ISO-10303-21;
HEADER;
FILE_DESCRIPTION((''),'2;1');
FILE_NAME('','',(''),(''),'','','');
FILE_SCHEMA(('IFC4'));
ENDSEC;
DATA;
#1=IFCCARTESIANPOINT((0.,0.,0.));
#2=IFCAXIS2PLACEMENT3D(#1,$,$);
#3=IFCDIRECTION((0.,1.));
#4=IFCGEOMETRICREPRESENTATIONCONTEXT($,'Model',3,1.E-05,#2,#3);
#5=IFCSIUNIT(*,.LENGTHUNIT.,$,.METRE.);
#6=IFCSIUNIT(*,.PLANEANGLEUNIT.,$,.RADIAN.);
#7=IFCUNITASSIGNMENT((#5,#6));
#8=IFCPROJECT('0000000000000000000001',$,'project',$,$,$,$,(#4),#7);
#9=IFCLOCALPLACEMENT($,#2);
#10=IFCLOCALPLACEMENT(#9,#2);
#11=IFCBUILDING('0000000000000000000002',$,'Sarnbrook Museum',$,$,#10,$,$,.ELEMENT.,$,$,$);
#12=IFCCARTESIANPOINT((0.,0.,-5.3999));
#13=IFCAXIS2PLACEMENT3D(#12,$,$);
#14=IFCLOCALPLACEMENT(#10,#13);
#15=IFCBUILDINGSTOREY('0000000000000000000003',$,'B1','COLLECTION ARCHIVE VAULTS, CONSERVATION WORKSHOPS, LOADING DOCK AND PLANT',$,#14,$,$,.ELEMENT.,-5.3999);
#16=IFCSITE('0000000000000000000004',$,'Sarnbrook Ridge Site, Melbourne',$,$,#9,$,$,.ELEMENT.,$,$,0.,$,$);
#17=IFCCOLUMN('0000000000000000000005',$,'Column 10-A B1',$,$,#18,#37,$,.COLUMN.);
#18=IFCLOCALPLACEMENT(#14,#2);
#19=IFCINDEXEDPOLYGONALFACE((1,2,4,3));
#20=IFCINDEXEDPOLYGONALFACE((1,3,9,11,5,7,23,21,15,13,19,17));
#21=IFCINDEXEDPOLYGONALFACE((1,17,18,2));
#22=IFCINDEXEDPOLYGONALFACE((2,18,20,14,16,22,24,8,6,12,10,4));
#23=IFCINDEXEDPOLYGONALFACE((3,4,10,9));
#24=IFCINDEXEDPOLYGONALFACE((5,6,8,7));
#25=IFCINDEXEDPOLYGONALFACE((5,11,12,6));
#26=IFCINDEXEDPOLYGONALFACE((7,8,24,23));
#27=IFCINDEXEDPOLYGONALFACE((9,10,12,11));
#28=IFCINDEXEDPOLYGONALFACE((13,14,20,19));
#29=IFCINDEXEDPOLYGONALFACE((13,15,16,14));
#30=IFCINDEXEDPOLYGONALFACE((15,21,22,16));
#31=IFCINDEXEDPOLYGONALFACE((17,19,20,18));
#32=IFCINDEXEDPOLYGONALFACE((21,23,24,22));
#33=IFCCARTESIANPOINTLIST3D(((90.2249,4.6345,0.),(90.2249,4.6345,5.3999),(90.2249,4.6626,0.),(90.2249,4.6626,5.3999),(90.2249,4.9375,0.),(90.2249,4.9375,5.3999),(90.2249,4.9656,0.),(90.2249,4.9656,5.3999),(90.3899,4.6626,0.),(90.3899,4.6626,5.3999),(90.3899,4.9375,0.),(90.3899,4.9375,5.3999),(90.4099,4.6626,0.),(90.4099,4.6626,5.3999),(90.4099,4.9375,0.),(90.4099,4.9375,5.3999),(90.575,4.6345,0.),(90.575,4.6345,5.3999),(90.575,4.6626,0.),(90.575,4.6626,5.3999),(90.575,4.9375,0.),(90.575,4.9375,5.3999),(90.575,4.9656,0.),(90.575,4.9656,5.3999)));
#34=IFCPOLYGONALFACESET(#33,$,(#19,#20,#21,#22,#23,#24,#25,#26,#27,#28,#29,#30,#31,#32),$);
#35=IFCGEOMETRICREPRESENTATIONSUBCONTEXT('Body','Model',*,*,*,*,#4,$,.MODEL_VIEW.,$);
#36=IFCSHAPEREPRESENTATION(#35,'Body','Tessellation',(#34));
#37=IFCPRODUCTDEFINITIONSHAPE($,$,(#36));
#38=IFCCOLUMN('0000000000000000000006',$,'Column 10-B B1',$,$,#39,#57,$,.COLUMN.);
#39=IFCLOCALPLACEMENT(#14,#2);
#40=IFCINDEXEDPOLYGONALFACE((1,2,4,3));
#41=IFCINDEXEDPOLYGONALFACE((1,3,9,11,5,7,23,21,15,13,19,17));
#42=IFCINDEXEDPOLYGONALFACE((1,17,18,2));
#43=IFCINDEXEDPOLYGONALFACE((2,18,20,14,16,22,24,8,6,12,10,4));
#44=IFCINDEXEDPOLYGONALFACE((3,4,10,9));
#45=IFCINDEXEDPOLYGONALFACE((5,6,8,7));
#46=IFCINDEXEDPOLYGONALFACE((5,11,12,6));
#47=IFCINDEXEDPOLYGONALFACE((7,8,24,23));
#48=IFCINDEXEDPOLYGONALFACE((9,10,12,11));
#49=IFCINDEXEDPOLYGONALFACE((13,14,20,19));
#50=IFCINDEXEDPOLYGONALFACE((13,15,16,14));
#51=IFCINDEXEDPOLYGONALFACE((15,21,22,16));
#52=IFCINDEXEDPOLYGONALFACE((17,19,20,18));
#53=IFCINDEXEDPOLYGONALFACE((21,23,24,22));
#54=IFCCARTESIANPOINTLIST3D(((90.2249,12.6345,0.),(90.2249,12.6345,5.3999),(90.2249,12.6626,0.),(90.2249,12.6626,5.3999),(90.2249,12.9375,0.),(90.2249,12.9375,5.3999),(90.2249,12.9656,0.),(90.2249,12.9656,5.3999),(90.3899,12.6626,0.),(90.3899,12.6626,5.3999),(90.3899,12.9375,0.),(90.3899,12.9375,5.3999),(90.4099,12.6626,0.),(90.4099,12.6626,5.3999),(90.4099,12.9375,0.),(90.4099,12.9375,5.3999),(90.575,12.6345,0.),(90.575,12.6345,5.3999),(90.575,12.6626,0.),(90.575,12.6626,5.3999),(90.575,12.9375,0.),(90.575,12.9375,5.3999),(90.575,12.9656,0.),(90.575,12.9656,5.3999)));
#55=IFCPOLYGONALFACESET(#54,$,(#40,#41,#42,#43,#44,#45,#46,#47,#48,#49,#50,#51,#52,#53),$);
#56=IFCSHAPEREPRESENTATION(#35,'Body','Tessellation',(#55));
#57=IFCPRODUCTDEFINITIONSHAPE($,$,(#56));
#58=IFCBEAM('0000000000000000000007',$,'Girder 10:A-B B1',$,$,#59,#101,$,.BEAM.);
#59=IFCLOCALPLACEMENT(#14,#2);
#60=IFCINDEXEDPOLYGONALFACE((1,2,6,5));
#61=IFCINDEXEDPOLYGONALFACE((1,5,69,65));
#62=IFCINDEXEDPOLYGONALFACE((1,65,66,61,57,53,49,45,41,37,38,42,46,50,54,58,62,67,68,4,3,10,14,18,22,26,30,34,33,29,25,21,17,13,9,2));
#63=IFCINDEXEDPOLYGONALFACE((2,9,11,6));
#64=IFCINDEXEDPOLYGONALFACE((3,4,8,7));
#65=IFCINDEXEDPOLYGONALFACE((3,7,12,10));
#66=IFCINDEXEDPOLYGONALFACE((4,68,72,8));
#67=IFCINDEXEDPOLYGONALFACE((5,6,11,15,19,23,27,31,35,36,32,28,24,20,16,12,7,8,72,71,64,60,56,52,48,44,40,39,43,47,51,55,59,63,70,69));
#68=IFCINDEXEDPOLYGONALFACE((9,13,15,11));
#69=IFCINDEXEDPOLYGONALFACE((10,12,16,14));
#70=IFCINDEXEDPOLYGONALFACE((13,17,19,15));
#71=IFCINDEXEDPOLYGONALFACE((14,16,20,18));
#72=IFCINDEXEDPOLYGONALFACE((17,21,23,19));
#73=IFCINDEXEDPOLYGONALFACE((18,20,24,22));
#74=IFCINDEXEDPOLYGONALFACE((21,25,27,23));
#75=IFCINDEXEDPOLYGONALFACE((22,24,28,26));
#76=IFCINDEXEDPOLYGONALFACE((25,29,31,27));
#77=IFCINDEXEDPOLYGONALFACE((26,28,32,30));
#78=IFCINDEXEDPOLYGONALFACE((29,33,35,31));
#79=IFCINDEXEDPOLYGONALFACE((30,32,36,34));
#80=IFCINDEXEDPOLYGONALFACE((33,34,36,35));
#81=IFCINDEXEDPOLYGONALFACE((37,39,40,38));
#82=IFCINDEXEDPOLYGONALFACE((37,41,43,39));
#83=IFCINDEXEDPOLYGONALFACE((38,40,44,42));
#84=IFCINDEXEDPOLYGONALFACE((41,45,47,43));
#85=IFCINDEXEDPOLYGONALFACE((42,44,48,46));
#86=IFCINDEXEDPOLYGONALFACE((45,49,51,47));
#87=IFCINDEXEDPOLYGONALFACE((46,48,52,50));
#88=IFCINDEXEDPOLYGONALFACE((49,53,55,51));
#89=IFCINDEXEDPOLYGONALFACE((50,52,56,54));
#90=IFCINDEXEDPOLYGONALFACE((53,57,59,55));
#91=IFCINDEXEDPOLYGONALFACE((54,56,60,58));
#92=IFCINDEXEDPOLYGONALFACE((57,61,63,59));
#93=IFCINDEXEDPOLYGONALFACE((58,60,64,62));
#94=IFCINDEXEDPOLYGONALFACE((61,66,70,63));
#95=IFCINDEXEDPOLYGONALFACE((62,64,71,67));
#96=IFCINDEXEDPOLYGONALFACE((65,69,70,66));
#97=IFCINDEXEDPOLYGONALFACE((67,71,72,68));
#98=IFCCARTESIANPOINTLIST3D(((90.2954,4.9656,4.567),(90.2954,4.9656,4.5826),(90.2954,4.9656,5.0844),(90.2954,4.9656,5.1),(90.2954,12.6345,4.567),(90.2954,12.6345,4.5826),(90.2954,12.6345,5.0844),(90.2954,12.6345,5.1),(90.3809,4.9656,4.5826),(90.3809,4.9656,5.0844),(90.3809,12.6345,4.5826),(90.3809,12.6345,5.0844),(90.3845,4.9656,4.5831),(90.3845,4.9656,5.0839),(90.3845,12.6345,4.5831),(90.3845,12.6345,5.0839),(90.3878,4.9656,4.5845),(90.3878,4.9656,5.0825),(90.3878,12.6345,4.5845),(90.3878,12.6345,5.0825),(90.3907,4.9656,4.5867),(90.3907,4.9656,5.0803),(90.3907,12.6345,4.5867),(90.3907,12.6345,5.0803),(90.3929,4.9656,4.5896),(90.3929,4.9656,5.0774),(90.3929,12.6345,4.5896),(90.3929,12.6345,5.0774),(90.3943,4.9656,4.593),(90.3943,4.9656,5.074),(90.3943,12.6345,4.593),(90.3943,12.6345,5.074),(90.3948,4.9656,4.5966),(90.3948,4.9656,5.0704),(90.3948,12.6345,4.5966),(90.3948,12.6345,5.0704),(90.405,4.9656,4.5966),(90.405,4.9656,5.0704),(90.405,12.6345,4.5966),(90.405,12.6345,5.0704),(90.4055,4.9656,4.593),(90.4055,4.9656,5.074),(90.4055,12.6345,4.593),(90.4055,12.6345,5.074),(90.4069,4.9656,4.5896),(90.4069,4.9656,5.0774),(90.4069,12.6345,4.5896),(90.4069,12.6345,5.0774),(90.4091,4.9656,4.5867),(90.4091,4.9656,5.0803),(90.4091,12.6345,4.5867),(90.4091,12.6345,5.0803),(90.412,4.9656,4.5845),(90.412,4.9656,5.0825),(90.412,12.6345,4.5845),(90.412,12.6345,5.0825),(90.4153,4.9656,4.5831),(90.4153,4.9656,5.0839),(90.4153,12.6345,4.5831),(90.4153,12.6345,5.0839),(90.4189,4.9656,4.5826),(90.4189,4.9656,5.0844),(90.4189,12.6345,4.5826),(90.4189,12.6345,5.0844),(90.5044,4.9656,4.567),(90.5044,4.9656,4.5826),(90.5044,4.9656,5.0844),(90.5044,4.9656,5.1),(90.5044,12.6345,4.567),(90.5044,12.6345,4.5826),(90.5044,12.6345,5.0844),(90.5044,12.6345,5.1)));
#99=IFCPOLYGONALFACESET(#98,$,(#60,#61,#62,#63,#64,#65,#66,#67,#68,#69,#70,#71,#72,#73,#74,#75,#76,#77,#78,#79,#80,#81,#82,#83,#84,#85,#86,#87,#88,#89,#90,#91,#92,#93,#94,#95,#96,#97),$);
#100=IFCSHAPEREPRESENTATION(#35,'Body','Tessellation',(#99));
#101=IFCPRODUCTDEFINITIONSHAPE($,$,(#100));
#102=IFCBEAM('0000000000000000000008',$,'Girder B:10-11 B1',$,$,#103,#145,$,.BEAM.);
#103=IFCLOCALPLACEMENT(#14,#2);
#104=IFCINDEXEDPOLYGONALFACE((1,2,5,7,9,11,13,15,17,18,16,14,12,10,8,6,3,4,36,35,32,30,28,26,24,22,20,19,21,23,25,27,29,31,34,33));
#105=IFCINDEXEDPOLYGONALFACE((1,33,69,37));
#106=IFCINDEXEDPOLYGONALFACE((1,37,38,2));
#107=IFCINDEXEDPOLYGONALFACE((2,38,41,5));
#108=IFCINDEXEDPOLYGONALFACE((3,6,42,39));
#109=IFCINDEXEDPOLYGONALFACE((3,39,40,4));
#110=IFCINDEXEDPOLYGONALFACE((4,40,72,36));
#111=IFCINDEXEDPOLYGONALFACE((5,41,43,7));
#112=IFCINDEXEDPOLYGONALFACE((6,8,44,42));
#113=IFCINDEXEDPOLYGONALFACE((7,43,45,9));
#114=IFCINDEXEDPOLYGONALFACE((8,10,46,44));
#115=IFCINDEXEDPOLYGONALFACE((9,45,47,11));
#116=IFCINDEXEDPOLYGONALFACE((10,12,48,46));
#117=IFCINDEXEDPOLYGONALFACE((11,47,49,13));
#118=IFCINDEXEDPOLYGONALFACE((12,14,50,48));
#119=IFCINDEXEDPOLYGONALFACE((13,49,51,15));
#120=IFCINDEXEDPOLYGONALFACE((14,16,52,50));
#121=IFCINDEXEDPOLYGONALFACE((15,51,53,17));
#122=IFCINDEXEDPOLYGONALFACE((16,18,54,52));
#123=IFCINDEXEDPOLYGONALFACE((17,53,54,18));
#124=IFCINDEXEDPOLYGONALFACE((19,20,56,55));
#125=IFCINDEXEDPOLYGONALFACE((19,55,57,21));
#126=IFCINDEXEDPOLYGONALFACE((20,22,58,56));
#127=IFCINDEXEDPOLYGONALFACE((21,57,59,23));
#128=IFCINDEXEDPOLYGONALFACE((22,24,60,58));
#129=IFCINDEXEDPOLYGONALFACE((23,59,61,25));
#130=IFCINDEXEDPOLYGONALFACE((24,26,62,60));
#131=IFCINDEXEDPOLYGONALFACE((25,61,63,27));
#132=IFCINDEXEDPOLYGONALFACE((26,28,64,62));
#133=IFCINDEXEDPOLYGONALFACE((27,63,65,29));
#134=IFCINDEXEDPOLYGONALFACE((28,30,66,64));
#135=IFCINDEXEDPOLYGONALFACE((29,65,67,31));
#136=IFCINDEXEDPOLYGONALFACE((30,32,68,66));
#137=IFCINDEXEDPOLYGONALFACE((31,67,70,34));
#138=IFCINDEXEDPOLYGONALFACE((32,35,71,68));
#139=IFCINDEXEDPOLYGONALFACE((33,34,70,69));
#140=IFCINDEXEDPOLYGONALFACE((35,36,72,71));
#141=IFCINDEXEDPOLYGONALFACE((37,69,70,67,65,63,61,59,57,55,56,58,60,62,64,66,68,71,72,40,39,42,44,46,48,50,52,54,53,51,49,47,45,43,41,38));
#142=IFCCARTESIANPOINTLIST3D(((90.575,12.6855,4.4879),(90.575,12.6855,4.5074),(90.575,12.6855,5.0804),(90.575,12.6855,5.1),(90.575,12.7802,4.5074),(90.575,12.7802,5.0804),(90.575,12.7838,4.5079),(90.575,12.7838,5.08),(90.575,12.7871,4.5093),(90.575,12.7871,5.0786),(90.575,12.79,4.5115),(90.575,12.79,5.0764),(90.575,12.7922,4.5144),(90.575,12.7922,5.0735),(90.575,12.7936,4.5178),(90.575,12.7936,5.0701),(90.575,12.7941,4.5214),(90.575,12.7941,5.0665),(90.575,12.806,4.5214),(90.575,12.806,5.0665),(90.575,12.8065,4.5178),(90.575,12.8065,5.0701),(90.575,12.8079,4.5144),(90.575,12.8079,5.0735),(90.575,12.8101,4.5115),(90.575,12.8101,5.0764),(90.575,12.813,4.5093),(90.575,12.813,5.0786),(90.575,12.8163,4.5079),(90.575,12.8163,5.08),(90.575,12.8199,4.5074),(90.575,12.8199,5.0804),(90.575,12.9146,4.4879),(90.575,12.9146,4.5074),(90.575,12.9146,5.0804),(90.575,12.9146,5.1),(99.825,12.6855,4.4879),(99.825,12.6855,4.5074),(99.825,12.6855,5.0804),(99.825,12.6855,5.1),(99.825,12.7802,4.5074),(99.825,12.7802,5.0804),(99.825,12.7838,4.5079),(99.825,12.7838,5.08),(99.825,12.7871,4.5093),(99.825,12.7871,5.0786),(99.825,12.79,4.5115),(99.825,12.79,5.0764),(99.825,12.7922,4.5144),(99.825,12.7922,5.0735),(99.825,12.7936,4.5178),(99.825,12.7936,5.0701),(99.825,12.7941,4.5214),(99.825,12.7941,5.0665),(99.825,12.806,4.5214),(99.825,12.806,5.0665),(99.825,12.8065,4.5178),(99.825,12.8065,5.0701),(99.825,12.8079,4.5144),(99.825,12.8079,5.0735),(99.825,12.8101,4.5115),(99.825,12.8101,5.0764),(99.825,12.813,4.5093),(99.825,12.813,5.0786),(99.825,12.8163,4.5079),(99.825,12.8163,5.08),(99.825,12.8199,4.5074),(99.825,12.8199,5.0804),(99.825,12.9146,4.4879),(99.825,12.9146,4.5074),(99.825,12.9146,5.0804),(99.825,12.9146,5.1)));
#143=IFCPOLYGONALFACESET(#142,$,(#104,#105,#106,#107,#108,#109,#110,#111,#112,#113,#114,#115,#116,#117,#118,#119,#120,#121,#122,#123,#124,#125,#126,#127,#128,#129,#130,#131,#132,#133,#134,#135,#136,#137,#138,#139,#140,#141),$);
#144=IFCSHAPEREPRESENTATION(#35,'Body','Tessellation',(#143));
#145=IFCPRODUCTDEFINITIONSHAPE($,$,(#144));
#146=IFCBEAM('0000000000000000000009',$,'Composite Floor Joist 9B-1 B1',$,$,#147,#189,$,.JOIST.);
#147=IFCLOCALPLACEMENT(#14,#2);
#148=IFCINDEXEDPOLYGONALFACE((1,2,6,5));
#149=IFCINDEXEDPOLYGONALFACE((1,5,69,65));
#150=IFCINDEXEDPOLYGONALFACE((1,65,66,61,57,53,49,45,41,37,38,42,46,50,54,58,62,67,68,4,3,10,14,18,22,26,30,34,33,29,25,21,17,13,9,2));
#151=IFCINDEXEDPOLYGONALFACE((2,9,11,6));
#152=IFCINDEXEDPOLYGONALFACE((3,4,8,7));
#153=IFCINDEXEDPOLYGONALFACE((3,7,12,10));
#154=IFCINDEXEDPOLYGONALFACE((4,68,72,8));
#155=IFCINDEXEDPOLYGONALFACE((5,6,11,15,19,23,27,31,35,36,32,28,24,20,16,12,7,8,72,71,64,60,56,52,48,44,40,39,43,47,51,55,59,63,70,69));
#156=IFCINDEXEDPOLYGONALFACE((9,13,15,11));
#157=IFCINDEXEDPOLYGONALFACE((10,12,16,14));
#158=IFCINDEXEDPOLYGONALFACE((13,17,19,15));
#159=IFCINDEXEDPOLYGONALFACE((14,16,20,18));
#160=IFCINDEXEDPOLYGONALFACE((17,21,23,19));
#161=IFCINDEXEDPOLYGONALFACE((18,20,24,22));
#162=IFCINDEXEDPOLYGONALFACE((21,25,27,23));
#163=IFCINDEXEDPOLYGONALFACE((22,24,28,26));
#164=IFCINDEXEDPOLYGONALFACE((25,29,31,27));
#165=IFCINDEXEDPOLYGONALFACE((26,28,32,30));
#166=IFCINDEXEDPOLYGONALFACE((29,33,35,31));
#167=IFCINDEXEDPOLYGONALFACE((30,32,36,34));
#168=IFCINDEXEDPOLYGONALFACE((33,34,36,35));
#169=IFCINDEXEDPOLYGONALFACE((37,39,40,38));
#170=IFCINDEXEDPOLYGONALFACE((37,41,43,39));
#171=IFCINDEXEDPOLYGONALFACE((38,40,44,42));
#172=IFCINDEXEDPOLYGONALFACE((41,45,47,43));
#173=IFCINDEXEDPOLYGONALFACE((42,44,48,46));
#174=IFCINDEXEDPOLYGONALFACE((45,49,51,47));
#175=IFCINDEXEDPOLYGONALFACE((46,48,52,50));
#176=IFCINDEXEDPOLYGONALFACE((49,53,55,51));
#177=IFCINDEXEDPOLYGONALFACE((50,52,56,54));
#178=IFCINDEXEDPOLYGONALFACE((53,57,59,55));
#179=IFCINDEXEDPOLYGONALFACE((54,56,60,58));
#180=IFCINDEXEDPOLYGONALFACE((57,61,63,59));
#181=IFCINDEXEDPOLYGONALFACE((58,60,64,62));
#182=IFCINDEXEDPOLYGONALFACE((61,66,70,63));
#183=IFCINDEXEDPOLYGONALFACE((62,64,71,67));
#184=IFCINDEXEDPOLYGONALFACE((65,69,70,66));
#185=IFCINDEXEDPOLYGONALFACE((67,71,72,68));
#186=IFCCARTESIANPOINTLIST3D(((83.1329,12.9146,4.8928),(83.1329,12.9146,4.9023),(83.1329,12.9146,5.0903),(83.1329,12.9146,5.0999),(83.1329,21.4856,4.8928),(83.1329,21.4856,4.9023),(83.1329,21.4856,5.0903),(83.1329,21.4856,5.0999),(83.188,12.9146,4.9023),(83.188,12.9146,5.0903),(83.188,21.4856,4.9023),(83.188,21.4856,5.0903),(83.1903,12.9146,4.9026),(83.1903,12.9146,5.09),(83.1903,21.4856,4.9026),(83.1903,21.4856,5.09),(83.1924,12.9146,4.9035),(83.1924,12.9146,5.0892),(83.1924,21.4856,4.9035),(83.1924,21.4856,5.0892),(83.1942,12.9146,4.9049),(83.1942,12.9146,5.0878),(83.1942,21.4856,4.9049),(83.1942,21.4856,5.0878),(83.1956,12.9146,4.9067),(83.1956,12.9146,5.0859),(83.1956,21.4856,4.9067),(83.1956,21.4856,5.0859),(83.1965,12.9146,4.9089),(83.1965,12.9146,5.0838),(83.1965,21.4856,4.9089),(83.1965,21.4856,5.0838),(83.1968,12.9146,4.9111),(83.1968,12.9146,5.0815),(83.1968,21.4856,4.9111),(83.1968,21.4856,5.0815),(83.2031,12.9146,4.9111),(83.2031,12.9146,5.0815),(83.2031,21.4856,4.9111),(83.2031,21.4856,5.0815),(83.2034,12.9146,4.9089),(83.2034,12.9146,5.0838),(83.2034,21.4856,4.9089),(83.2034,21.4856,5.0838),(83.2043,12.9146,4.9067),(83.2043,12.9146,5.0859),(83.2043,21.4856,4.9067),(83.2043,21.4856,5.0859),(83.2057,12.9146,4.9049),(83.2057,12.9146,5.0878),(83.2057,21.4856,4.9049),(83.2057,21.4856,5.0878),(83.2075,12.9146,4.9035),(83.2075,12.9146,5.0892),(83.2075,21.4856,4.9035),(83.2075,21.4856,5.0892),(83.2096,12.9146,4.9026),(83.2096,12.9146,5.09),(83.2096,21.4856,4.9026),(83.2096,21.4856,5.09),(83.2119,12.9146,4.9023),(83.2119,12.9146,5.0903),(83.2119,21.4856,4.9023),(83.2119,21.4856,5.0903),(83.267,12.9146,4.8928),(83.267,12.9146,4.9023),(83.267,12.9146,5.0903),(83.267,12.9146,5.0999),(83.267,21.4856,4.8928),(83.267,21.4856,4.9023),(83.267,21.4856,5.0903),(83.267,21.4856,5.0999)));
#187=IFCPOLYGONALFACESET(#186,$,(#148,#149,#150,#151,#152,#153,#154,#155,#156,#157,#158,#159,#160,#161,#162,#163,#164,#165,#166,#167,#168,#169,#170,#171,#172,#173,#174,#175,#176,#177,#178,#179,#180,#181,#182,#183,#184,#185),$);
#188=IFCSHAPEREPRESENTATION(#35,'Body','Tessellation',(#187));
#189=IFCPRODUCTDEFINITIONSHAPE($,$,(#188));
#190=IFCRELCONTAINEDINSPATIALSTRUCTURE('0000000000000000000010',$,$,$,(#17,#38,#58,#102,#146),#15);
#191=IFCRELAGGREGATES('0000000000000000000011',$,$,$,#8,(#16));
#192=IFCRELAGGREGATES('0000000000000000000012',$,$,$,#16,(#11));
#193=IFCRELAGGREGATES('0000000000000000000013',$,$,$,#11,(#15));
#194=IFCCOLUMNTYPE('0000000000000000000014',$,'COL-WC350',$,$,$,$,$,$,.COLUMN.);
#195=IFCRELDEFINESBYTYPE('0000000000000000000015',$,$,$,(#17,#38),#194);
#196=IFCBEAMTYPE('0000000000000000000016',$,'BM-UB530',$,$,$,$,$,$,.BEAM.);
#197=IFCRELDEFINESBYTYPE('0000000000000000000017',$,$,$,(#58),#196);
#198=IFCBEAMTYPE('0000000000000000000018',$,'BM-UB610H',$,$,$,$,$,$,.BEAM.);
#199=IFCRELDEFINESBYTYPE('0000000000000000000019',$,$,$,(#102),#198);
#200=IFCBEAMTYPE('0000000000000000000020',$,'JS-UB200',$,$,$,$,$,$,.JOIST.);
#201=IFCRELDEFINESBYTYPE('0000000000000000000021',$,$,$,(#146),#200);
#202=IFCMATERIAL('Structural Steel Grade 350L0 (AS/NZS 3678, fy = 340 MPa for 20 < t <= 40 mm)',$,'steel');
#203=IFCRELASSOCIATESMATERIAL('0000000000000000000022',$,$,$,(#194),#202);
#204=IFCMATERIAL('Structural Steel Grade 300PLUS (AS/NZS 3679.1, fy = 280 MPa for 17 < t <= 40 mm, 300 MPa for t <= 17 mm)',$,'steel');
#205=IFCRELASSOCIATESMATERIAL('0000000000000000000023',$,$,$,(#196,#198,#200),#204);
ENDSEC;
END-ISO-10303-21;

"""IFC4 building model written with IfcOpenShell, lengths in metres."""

from ifc_helpers import new_model, si_unit, direction, frame, origin, origin_2d, place, context, subcontext, project, spatial, i_section, extrude, material, material_profile, profile_set, type_object, element, save


model = new_model("IFC4")

# Units and contexts
model_context = context("Model", 3, precision=1e-05, world=origin(), true_north=direction((0.0, 1.0)))
body_context = subcontext(model_context, "Body", "Model", "MODEL_VIEW")
ifc_project = project(units=[si_unit("LENGTHUNIT", "METRE"), si_unit("PLANEANGLEUNIT", "RADIAN")], contexts=[model_context])

# Site, building, storey
site_placement = place(None, origin())
site = spatial("IfcSite", under=ifc_project, at=site_placement, Name="Sarnbrook Ridge Site, Melbourne", CompositionType="ELEMENT", RefElevation=0.0)
building_placement = place(site_placement, origin())
building = spatial("IfcBuilding", under=site, at=building_placement, Name="Sarnbrook Museum", CompositionType="ELEMENT")
storey_placement = place(building_placement, frame((0.0, 0.0, -5.3999)))
storey = spatial("IfcBuildingStorey", under=building, at=storey_placement, Name="B1", Description="COLLECTION ARCHIVE VAULTS, CONSERVATION WORKSHOPS, LOADING DOCK AND PLANT", CompositionType="ELEMENT", Elevation=-5.3999)

# Columns
ifc_material_1 = material(Name="Structural Steel Grade 350L0 (AS/NZS 3678, fy = 340 MPa for 20 < t <= 40 mm)", Category="steel")
ifc_material_profile_1 = material_profile(ifc_material_1, i_section(OverallWidth=0.3501, OverallDepth=0.3311, WebThickness=0.02, FlangeThickness=0.0281, at=origin_2d()), Name="350WC197")
ifc_profile_set_1 = profile_set([ifc_material_profile_1], Name="Structural Steel Grade 350L0 (AS/NZS 3678, fy = 340 MPa for 20 < t <= 40 mm)")
column_type = type_object("IfcColumnType", Name="COL-WC350", PredefinedType="COLUMN", material=ifc_profile_set_1)
for number, where, z_axis, x_axis, name in (
    (1, (90.3999, 4.8, 0.0), (0.0, 0.0, 1.0), (1.0, 0.0, 0.0), "Column 10-A B1"),
    (2, (90.3999, 12.8, 0.0), (0.0, 0.0, 1.0), (1.0, 0.0, 0.0), "Column 10-B B1"),
):
    element("IfcColumn", number, at=place(storey_placement, frame(where, z_axis=z_axis, x_axis=x_axis)), inside=storey, type_object=column_type, Name=name, PredefinedType="COLUMN", context=body_context, shape_type="SweptSolid", body=[
        extrude(i_section(OverallWidth=0.3501, OverallDepth=0.3311, WebThickness=0.02, FlangeThickness=0.0281, at=origin_2d()), origin(), (0.0, 0.0, 1.0), 5.3999),
    ])

# Beams
ifc_material_2 = material(Name="Structural Steel Grade 300PLUS (AS/NZS 3679.1, fy = 280 MPa for 17 < t <= 40 mm, 300 MPa for t <= 17 mm)", Category="steel")
ifc_material_profile_2 = material_profile(ifc_material_2, i_section(OverallWidth=0.209, OverallDepth=0.533, WebThickness=0.0103, FlangeThickness=0.0156, FilletRadius=0.0139, at=origin_2d()), Name="530UB92.4")
ifc_profile_set_2 = profile_set([ifc_material_profile_2], Name="Structural Steel Grade 300PLUS (AS/NZS 3679.1, fy = 280 MPa for 17 < t <= 40 mm, 300 MPa for t <= 17 mm)")
beam_type_1 = type_object("IfcBeamType", Name="BM-UB530", PredefinedType="BEAM", material=ifc_profile_set_2)
beam_1_placement = place(storey_placement, frame((90.3999, 4.9656, 4.8335), z_axis=(0.0, 1.0, 0.0), x_axis=(-1.0, 0.0, 0.0)))
element("IfcBeam", 3, at=beam_1_placement, inside=storey, type_object=beam_type_1, Name="Girder 10:A-B B1", PredefinedType="BEAM", context=body_context, shape_type="SweptSolid", body=[
    extrude(i_section(OverallWidth=0.209, OverallDepth=0.533, WebThickness=0.0103, FlangeThickness=0.0156, FilletRadius=0.0139, at=origin_2d()), origin(), (0.0, 0.0, 1.0), 7.6689),
])
ifc_material_profile_3 = material_profile(ifc_material_2, i_section(OverallWidth=0.229, OverallDepth=0.6121, WebThickness=0.012, FlangeThickness=0.0195, FilletRadius=0.0139, at=origin_2d()), Name="610UB125")
ifc_profile_set_3 = profile_set([ifc_material_profile_3], Name="Structural Steel Grade 300PLUS (AS/NZS 3679.1, fy = 280 MPa for 17 < t <= 40 mm, 300 MPa for t <= 17 mm)")
beam_type_2 = type_object("IfcBeamType", Name="BM-UB610H", PredefinedType="BEAM", material=ifc_profile_set_3)
beam_2_placement = place(storey_placement, frame((90.575, 12.8, 4.7939), z_axis=(1.0, 0.0, 0.0), x_axis=(0.0, 1.0, 0.0)))
element("IfcBeam", 4, at=beam_2_placement, inside=storey, type_object=beam_type_2, Name="Girder B:10-11 B1", PredefinedType="BEAM", context=body_context, shape_type="SweptSolid", body=[
    extrude(i_section(OverallWidth=0.229, OverallDepth=0.6121, WebThickness=0.012, FlangeThickness=0.0195, FilletRadius=0.0139, at=origin_2d()), origin(), (0.0, 0.0, 1.0), 9.25),
])
ifc_material_profile_4 = material_profile(ifc_material_2, i_section(OverallWidth=0.134, OverallDepth=0.207, WebThickness=0.0063, FlangeThickness=0.0095, FilletRadius=0.0088, at=origin_2d()), Name="200UB29.8")
ifc_profile_set_4 = profile_set([ifc_material_profile_4], Name="Structural Steel Grade 300PLUS (AS/NZS 3679.1, fy = 280 MPa for 17 < t <= 40 mm, 300 MPa for t <= 17 mm)")
beam_type_3 = type_object("IfcBeamType", Name="JS-UB200", PredefinedType="JOIST", material=ifc_profile_set_4)
for number, where, z_axis, x_axis, name in (
    (5, (83.2, 12.9146, 4.9963), (0.0, 1.0, 0.0), (-1.0, 0.0, 0.0), "Composite Floor Joist 9B-1 B1"),
):
    element("IfcBeam", number, at=place(storey_placement, frame(where, z_axis=z_axis, x_axis=x_axis)), inside=storey, type_object=beam_type_3, Name=name, PredefinedType="JOIST", context=body_context, shape_type="SweptSolid", body=[
        extrude(i_section(OverallWidth=0.134, OverallDepth=0.207, WebThickness=0.0063, FlangeThickness=0.0095, FilletRadius=0.0088, at=origin_2d()), origin(), (0.0, 0.0, 1.0), 8.571),
    ])

save(model, "model.ifc")
